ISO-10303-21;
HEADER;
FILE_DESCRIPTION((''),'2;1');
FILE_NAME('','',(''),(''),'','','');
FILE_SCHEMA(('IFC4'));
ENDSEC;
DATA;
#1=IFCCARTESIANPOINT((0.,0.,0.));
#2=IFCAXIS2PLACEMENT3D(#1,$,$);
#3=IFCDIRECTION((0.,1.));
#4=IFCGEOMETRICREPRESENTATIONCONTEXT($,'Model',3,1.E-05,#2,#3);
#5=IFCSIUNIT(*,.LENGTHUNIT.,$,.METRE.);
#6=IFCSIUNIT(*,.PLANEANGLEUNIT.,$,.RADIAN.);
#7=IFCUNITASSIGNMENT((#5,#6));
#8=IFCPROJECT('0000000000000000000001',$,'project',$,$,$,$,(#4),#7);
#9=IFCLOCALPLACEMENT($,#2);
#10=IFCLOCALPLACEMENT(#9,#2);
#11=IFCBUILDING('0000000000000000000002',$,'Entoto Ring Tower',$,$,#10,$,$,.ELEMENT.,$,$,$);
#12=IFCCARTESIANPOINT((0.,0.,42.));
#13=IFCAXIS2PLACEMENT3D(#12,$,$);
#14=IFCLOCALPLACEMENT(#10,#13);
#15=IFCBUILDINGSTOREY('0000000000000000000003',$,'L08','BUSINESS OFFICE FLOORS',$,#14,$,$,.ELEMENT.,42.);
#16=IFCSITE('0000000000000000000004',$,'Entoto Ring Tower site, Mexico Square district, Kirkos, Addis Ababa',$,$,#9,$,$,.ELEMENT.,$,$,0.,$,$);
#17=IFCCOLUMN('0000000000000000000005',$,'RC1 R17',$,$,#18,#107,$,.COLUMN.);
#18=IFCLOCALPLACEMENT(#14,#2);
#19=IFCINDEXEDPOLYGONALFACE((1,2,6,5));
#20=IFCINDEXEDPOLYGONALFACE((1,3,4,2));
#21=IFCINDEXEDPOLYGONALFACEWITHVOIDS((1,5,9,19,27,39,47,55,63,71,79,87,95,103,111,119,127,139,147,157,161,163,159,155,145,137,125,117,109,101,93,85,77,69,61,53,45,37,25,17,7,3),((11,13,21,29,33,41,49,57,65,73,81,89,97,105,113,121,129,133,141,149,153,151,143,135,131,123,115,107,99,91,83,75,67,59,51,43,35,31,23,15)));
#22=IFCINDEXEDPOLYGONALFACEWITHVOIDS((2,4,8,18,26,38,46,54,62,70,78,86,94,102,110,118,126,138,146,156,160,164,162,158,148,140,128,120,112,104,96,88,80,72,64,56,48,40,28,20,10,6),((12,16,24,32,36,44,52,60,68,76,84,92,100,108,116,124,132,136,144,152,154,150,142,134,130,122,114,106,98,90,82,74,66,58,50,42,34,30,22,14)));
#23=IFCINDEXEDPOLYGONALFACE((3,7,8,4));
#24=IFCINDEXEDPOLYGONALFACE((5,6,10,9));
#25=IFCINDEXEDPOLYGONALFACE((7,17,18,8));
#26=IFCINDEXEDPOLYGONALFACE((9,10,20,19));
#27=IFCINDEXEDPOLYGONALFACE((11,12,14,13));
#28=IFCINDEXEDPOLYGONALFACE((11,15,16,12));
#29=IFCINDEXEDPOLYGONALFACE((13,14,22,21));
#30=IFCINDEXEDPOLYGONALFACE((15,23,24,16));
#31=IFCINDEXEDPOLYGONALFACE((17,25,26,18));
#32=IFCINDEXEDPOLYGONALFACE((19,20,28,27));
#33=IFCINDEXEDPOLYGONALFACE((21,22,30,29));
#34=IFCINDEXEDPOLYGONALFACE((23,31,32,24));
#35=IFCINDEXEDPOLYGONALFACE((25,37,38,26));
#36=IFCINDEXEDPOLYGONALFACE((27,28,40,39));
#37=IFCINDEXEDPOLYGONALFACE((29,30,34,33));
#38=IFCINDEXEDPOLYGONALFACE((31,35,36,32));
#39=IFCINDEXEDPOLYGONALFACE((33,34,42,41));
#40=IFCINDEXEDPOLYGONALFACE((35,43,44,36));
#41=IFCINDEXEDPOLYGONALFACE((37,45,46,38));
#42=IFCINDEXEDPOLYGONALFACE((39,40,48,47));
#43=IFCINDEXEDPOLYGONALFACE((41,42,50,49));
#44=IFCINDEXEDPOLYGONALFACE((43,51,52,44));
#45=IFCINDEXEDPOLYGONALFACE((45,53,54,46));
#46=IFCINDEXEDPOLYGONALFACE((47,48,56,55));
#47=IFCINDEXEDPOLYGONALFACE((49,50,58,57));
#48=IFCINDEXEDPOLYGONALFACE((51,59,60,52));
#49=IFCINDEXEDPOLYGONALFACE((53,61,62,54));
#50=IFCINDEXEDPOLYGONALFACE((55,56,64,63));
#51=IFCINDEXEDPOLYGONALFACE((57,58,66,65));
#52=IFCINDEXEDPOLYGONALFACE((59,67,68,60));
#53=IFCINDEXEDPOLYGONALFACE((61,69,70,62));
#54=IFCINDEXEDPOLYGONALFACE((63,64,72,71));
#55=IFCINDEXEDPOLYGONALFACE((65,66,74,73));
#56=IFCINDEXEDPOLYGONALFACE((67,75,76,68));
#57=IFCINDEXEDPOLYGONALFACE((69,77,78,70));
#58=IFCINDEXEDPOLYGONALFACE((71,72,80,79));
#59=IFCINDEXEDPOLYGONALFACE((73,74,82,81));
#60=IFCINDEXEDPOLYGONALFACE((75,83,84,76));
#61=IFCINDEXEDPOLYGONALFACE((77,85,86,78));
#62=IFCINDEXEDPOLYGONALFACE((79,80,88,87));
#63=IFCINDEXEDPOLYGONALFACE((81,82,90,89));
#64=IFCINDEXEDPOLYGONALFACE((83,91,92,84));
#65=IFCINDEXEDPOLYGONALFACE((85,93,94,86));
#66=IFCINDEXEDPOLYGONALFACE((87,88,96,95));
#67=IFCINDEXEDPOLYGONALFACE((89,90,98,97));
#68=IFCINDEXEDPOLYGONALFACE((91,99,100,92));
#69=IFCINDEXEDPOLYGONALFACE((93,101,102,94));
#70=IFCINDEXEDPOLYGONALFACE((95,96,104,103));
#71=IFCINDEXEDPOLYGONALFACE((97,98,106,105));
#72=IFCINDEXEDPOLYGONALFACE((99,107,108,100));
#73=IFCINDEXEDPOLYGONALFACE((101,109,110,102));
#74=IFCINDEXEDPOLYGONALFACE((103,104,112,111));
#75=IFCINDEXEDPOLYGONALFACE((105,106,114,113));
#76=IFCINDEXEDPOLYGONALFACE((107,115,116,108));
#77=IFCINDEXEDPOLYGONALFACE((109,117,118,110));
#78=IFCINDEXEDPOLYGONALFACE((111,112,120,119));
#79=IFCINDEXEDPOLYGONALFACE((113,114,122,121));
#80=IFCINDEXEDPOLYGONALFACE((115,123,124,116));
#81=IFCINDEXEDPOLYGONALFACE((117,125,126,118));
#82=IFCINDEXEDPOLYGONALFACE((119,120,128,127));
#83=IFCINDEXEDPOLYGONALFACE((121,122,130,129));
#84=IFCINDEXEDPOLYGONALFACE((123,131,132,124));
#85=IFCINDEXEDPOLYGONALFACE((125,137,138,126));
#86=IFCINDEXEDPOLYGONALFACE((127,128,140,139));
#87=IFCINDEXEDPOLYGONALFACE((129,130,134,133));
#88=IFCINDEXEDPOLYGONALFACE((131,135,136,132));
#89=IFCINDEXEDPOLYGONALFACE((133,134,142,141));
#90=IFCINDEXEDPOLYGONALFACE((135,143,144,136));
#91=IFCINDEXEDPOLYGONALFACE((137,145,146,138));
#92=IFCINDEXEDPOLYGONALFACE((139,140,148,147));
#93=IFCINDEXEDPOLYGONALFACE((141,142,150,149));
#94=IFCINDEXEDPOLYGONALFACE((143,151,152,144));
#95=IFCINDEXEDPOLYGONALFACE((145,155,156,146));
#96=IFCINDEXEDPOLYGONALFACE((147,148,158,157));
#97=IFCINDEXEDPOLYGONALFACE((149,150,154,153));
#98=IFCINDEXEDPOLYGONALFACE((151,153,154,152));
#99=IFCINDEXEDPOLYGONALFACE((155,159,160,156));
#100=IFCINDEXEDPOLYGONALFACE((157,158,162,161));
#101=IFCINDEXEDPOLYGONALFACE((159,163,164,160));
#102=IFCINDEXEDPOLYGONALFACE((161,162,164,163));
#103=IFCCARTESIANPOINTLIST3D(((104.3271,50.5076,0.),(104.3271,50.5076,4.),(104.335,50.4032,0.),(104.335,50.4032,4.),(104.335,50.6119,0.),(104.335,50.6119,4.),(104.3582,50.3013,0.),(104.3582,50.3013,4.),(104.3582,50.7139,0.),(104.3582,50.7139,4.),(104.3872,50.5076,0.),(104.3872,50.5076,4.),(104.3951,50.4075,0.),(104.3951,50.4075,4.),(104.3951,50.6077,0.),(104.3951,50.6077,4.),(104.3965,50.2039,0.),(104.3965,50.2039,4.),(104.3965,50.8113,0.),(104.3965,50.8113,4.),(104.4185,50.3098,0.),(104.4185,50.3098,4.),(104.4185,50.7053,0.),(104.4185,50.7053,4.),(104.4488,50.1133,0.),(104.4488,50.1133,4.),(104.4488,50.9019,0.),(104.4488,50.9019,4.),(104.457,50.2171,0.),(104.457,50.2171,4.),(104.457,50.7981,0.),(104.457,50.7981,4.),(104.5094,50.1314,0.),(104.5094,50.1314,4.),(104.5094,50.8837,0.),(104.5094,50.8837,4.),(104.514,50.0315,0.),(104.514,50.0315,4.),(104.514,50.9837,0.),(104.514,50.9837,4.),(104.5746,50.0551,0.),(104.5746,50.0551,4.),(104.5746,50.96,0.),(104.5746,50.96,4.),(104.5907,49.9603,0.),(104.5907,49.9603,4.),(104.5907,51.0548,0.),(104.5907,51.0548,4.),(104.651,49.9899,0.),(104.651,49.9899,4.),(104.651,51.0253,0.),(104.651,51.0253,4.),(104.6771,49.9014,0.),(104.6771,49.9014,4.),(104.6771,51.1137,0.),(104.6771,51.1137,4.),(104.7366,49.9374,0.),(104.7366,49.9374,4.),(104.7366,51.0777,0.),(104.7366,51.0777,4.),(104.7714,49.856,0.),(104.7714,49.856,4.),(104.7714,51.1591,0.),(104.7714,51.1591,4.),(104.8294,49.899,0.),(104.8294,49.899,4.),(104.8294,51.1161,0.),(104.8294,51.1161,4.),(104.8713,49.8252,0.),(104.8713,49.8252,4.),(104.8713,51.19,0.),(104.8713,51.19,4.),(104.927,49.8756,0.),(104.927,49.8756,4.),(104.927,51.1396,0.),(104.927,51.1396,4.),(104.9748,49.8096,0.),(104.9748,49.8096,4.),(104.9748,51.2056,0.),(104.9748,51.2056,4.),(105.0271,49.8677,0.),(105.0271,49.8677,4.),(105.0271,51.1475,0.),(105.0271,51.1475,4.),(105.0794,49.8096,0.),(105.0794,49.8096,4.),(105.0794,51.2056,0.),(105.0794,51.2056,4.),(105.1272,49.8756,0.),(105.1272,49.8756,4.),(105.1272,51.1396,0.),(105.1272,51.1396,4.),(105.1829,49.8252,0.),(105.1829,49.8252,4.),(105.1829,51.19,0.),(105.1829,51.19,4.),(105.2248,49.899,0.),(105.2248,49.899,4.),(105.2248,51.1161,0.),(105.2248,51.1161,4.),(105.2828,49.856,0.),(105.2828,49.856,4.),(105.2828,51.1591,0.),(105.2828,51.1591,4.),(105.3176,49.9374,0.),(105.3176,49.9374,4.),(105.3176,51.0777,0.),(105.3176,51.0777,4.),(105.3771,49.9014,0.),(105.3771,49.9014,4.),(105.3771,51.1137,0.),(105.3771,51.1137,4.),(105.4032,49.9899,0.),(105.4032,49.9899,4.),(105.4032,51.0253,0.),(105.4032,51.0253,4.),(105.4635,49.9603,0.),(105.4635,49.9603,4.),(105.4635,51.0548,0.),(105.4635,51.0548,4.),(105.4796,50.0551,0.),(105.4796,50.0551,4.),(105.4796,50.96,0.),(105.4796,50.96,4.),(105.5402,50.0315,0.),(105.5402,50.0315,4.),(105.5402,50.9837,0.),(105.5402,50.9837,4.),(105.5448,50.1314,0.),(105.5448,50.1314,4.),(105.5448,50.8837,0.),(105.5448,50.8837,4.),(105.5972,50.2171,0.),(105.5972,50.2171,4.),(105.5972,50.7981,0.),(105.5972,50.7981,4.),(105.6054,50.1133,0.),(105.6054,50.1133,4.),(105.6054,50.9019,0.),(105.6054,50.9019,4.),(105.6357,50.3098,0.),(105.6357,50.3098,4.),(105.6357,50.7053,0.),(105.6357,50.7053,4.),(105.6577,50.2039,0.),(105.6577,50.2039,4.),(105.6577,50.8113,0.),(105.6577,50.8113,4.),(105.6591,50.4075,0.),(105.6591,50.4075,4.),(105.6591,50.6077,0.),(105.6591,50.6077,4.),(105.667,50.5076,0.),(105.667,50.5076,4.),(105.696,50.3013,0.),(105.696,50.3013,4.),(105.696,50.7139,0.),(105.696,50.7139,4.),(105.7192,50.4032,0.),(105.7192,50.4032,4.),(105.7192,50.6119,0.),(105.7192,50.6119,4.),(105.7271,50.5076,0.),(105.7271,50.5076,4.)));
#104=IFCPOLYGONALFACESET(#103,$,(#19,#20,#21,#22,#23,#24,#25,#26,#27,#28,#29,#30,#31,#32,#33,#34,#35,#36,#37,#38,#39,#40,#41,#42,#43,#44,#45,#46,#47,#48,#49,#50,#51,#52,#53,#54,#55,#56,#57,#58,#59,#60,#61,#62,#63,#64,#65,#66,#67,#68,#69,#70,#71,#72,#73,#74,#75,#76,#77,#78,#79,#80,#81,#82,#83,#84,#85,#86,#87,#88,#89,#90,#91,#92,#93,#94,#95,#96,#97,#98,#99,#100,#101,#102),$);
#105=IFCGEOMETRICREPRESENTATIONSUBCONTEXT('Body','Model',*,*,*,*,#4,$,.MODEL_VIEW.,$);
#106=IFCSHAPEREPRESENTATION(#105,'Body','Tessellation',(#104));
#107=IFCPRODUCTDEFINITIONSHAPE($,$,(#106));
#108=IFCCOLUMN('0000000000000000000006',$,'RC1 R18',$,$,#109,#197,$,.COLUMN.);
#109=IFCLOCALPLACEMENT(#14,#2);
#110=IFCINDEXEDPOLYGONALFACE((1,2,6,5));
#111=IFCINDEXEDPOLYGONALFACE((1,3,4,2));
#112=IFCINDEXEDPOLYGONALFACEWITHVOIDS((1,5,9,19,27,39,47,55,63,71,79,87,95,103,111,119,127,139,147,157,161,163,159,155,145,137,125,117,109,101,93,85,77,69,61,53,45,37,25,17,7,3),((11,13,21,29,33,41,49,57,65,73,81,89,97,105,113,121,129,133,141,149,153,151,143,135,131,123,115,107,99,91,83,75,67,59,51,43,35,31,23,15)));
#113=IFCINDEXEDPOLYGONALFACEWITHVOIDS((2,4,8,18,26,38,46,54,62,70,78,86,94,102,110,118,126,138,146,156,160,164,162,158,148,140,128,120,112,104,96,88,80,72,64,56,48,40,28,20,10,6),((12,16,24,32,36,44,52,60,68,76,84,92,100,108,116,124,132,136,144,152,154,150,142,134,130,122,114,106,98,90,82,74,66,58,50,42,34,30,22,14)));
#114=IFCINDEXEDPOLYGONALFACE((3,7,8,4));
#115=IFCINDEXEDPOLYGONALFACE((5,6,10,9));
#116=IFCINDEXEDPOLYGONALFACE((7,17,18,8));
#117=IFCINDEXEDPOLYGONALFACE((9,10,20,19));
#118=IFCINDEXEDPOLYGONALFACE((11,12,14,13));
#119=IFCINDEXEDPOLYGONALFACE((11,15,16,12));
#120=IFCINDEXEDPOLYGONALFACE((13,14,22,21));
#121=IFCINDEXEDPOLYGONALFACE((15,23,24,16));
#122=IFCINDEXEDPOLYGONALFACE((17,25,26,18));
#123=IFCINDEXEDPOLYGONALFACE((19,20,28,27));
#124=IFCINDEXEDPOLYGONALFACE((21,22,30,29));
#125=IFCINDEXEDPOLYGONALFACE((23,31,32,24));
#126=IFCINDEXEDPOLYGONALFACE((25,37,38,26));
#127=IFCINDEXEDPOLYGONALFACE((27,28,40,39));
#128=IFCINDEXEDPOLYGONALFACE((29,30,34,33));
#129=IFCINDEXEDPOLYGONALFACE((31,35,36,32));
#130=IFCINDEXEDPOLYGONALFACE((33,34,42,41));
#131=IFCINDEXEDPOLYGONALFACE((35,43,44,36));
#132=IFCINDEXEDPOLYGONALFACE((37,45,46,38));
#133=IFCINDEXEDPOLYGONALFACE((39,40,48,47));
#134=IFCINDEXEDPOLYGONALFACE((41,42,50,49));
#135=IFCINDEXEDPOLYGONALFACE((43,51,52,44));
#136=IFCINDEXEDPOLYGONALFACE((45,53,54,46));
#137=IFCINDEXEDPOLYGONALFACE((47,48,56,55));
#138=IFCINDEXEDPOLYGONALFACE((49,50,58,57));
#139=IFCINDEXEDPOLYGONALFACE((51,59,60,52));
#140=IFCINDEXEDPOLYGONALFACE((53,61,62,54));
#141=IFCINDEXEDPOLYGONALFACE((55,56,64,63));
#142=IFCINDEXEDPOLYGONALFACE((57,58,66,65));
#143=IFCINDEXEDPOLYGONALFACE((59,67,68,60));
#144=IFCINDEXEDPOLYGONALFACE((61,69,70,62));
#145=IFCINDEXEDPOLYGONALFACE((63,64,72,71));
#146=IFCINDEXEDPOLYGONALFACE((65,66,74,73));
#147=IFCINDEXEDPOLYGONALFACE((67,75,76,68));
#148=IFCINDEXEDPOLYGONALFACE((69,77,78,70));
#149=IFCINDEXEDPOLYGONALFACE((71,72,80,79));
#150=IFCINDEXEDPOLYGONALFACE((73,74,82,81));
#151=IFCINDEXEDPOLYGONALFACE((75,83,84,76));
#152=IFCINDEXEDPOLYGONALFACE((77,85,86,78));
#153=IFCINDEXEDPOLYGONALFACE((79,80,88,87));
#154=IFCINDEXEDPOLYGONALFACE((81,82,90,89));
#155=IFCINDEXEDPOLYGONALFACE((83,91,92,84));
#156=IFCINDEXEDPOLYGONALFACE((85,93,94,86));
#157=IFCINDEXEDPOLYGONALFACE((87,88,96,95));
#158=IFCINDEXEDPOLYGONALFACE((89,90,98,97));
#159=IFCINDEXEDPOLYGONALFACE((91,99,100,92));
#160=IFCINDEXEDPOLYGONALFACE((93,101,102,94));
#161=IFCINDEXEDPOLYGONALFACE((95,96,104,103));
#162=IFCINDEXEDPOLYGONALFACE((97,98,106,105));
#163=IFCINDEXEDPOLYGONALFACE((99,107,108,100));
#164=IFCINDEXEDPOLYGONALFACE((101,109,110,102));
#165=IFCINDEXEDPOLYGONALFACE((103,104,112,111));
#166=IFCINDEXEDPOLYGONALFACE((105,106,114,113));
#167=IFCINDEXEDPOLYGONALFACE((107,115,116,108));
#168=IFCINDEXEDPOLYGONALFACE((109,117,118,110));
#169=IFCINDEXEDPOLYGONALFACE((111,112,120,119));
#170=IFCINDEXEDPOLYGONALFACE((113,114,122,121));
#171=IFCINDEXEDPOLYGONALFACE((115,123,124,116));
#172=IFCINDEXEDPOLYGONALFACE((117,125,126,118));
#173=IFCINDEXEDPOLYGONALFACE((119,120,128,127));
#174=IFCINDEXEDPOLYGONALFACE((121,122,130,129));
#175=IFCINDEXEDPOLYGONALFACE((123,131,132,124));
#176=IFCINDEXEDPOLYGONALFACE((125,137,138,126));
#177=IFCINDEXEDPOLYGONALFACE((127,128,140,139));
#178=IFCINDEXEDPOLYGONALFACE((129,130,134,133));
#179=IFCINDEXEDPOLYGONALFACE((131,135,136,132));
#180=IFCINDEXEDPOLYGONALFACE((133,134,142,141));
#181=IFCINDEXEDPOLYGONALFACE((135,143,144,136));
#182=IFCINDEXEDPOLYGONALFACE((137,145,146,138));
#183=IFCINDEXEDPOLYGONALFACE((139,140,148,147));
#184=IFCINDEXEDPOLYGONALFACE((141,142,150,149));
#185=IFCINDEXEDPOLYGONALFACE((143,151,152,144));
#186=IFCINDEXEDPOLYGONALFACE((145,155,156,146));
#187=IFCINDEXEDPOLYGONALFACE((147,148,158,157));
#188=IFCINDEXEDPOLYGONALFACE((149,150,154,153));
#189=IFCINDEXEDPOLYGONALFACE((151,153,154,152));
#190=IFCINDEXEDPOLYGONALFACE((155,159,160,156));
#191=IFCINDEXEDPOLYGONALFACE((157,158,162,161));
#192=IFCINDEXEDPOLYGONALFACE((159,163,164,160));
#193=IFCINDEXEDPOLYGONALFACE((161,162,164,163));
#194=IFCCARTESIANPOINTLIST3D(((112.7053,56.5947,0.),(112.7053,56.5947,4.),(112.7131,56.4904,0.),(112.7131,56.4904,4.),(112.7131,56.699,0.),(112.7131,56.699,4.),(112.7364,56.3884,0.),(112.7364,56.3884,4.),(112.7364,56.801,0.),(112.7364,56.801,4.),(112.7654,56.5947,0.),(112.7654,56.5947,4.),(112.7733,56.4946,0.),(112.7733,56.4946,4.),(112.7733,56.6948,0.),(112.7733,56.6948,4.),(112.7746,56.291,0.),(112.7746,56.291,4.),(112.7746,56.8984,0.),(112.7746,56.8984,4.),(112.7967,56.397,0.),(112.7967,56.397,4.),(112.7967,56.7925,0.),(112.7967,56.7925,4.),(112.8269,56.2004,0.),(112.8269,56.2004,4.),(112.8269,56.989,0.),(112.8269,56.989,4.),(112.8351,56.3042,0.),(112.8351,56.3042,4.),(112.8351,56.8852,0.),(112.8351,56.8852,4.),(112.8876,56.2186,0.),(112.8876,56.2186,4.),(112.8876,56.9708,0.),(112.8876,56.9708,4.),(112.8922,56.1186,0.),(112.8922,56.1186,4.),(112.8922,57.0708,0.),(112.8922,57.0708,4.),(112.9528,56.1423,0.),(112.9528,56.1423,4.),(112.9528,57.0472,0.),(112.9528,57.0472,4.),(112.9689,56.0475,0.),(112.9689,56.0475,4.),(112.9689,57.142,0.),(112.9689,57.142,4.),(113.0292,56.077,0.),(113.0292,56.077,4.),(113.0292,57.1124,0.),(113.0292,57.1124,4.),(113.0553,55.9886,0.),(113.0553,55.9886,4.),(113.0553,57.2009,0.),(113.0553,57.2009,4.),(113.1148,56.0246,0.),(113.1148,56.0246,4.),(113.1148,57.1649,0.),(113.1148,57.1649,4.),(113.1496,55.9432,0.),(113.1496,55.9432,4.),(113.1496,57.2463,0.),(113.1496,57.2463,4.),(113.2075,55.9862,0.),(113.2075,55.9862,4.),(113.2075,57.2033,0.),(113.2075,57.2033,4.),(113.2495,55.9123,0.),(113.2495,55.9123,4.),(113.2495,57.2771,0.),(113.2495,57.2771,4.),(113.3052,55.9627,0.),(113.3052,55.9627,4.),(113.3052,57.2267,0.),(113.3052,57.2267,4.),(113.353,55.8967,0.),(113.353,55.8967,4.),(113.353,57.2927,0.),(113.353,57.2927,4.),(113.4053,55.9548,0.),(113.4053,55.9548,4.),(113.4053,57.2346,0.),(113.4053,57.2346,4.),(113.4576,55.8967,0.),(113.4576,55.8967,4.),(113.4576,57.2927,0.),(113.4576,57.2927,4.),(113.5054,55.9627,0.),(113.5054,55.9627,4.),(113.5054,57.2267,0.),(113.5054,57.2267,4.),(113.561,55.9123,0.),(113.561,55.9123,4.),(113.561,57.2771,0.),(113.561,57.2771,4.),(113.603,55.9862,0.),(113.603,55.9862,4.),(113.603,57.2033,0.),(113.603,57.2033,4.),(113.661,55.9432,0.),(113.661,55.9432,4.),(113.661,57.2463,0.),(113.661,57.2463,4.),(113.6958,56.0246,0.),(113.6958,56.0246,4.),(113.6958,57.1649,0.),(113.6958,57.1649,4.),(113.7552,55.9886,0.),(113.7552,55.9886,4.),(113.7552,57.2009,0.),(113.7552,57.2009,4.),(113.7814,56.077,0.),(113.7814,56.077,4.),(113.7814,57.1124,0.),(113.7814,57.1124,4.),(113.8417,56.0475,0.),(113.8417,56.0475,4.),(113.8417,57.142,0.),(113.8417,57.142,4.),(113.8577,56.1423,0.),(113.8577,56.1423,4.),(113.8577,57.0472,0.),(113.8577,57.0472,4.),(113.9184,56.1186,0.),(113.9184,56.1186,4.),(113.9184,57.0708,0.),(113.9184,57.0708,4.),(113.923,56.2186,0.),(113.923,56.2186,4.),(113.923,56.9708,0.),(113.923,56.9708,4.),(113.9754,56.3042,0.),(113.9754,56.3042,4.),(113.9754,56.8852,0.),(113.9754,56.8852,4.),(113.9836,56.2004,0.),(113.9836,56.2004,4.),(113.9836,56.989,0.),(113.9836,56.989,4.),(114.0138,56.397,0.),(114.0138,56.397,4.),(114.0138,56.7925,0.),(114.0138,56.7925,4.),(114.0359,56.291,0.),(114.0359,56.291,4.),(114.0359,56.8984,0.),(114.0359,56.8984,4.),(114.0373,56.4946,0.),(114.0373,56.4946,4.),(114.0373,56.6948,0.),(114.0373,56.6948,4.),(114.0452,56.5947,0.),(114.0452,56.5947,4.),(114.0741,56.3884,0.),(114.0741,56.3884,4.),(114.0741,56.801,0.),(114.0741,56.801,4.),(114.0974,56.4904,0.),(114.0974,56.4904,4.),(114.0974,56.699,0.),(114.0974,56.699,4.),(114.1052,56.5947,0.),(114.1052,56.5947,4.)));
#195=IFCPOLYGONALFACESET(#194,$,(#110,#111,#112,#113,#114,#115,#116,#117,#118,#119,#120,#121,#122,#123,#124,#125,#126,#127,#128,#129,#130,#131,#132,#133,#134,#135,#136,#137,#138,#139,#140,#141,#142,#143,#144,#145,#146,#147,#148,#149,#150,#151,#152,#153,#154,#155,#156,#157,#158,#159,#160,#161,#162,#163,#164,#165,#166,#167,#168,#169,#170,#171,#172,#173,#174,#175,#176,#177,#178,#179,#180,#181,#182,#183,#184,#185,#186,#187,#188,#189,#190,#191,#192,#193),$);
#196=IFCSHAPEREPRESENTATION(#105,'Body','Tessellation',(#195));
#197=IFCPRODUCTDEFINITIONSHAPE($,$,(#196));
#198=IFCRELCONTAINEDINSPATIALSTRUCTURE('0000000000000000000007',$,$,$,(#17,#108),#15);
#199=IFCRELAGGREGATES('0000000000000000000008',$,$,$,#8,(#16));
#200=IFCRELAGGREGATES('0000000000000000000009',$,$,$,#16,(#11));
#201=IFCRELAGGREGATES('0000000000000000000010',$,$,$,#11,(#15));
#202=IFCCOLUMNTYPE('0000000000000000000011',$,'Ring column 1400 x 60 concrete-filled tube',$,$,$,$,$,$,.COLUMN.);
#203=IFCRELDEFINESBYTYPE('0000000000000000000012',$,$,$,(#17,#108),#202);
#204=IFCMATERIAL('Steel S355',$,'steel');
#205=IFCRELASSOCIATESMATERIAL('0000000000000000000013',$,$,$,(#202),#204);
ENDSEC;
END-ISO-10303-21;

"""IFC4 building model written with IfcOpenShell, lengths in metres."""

from ifc_helpers import new_model, si_unit, direction, frame, origin, origin_2d, place, context, subcontext, project, spatial, circle, hollow_circle, extrude, material, material_profile, profile_set, type_object, element, save


model = new_model("IFC4")

# Units and contexts
model_context = context("Model", 3, precision=1e-05, world=origin(), true_north=direction((0.0, 1.0)))
body_context = subcontext(model_context, "Body", "Model", "MODEL_VIEW")
ifc_project = project(units=[si_unit("LENGTHUNIT", "METRE"), si_unit("PLANEANGLEUNIT", "RADIAN")], contexts=[model_context])

# Site, building, storey
site_placement = place(None, origin())
site = spatial("IfcSite", under=ifc_project, at=site_placement, Name="Entoto Ring Tower site, Mexico Square district, Kirkos, Addis Ababa", CompositionType="ELEMENT", RefElevation=0.0)
building_placement = place(site_placement, origin())
building = spatial("IfcBuilding", under=site, at=building_placement, Name="Entoto Ring Tower", CompositionType="ELEMENT")
storey_placement = place(building_placement, frame((0.0, 0.0, 42.0)))
storey = spatial("IfcBuildingStorey", under=building, at=storey_placement, Name="L08", Description="BUSINESS OFFICE FLOORS", CompositionType="ELEMENT", Elevation=42.0)

# Columns
ifc_material_1 = material(Name="Steel S355", Category="steel")
ifc_material_profile_1 = material_profile(ifc_material_1, hollow_circle(Radius=0.7, WallThickness=0.0601, at=origin_2d()), Name="CHS 1400 x 60")
ifc_material_2 = material(Name="Concrete C60/75", Category="concrete")
ifc_material_profile_2 = material_profile(ifc_material_2, circle(Radius=0.6399, at=origin_2d()), Name="Concrete C60/75 infill")
ifc_profile_set_1 = profile_set([ifc_material_profile_1, ifc_material_profile_2], Name="Steel S355")
column_type = type_object("IfcColumnType", Name="Ring column 1400 x 60 concrete-filled tube", PredefinedType="COLUMN", material=ifc_profile_set_1)
for number, where, z_axis, x_axis, name in (
    (1, (105.0271, 50.5076, 0.0), (0.0, 0.0, 1.0), (1.0, 0.0, 0.0), "RC1 R17"),
    (2, (113.4053, 56.5947, 0.0), (0.0, 0.0, 1.0), (1.0, 0.0, 0.0), "RC1 R18"),
):
    element("IfcColumn", number, at=place(storey_placement, frame(where, z_axis=z_axis, x_axis=x_axis)), inside=storey, type_object=column_type, Name=name, PredefinedType="COLUMN", context=body_context, shape_type="SweptSolid", body=[
        extrude(hollow_circle(Radius=0.7, WallThickness=0.0601, at=origin_2d()), origin(), (0.0, 0.0, 1.0), 4.0),
    ])

save(model, "model.ifc")
